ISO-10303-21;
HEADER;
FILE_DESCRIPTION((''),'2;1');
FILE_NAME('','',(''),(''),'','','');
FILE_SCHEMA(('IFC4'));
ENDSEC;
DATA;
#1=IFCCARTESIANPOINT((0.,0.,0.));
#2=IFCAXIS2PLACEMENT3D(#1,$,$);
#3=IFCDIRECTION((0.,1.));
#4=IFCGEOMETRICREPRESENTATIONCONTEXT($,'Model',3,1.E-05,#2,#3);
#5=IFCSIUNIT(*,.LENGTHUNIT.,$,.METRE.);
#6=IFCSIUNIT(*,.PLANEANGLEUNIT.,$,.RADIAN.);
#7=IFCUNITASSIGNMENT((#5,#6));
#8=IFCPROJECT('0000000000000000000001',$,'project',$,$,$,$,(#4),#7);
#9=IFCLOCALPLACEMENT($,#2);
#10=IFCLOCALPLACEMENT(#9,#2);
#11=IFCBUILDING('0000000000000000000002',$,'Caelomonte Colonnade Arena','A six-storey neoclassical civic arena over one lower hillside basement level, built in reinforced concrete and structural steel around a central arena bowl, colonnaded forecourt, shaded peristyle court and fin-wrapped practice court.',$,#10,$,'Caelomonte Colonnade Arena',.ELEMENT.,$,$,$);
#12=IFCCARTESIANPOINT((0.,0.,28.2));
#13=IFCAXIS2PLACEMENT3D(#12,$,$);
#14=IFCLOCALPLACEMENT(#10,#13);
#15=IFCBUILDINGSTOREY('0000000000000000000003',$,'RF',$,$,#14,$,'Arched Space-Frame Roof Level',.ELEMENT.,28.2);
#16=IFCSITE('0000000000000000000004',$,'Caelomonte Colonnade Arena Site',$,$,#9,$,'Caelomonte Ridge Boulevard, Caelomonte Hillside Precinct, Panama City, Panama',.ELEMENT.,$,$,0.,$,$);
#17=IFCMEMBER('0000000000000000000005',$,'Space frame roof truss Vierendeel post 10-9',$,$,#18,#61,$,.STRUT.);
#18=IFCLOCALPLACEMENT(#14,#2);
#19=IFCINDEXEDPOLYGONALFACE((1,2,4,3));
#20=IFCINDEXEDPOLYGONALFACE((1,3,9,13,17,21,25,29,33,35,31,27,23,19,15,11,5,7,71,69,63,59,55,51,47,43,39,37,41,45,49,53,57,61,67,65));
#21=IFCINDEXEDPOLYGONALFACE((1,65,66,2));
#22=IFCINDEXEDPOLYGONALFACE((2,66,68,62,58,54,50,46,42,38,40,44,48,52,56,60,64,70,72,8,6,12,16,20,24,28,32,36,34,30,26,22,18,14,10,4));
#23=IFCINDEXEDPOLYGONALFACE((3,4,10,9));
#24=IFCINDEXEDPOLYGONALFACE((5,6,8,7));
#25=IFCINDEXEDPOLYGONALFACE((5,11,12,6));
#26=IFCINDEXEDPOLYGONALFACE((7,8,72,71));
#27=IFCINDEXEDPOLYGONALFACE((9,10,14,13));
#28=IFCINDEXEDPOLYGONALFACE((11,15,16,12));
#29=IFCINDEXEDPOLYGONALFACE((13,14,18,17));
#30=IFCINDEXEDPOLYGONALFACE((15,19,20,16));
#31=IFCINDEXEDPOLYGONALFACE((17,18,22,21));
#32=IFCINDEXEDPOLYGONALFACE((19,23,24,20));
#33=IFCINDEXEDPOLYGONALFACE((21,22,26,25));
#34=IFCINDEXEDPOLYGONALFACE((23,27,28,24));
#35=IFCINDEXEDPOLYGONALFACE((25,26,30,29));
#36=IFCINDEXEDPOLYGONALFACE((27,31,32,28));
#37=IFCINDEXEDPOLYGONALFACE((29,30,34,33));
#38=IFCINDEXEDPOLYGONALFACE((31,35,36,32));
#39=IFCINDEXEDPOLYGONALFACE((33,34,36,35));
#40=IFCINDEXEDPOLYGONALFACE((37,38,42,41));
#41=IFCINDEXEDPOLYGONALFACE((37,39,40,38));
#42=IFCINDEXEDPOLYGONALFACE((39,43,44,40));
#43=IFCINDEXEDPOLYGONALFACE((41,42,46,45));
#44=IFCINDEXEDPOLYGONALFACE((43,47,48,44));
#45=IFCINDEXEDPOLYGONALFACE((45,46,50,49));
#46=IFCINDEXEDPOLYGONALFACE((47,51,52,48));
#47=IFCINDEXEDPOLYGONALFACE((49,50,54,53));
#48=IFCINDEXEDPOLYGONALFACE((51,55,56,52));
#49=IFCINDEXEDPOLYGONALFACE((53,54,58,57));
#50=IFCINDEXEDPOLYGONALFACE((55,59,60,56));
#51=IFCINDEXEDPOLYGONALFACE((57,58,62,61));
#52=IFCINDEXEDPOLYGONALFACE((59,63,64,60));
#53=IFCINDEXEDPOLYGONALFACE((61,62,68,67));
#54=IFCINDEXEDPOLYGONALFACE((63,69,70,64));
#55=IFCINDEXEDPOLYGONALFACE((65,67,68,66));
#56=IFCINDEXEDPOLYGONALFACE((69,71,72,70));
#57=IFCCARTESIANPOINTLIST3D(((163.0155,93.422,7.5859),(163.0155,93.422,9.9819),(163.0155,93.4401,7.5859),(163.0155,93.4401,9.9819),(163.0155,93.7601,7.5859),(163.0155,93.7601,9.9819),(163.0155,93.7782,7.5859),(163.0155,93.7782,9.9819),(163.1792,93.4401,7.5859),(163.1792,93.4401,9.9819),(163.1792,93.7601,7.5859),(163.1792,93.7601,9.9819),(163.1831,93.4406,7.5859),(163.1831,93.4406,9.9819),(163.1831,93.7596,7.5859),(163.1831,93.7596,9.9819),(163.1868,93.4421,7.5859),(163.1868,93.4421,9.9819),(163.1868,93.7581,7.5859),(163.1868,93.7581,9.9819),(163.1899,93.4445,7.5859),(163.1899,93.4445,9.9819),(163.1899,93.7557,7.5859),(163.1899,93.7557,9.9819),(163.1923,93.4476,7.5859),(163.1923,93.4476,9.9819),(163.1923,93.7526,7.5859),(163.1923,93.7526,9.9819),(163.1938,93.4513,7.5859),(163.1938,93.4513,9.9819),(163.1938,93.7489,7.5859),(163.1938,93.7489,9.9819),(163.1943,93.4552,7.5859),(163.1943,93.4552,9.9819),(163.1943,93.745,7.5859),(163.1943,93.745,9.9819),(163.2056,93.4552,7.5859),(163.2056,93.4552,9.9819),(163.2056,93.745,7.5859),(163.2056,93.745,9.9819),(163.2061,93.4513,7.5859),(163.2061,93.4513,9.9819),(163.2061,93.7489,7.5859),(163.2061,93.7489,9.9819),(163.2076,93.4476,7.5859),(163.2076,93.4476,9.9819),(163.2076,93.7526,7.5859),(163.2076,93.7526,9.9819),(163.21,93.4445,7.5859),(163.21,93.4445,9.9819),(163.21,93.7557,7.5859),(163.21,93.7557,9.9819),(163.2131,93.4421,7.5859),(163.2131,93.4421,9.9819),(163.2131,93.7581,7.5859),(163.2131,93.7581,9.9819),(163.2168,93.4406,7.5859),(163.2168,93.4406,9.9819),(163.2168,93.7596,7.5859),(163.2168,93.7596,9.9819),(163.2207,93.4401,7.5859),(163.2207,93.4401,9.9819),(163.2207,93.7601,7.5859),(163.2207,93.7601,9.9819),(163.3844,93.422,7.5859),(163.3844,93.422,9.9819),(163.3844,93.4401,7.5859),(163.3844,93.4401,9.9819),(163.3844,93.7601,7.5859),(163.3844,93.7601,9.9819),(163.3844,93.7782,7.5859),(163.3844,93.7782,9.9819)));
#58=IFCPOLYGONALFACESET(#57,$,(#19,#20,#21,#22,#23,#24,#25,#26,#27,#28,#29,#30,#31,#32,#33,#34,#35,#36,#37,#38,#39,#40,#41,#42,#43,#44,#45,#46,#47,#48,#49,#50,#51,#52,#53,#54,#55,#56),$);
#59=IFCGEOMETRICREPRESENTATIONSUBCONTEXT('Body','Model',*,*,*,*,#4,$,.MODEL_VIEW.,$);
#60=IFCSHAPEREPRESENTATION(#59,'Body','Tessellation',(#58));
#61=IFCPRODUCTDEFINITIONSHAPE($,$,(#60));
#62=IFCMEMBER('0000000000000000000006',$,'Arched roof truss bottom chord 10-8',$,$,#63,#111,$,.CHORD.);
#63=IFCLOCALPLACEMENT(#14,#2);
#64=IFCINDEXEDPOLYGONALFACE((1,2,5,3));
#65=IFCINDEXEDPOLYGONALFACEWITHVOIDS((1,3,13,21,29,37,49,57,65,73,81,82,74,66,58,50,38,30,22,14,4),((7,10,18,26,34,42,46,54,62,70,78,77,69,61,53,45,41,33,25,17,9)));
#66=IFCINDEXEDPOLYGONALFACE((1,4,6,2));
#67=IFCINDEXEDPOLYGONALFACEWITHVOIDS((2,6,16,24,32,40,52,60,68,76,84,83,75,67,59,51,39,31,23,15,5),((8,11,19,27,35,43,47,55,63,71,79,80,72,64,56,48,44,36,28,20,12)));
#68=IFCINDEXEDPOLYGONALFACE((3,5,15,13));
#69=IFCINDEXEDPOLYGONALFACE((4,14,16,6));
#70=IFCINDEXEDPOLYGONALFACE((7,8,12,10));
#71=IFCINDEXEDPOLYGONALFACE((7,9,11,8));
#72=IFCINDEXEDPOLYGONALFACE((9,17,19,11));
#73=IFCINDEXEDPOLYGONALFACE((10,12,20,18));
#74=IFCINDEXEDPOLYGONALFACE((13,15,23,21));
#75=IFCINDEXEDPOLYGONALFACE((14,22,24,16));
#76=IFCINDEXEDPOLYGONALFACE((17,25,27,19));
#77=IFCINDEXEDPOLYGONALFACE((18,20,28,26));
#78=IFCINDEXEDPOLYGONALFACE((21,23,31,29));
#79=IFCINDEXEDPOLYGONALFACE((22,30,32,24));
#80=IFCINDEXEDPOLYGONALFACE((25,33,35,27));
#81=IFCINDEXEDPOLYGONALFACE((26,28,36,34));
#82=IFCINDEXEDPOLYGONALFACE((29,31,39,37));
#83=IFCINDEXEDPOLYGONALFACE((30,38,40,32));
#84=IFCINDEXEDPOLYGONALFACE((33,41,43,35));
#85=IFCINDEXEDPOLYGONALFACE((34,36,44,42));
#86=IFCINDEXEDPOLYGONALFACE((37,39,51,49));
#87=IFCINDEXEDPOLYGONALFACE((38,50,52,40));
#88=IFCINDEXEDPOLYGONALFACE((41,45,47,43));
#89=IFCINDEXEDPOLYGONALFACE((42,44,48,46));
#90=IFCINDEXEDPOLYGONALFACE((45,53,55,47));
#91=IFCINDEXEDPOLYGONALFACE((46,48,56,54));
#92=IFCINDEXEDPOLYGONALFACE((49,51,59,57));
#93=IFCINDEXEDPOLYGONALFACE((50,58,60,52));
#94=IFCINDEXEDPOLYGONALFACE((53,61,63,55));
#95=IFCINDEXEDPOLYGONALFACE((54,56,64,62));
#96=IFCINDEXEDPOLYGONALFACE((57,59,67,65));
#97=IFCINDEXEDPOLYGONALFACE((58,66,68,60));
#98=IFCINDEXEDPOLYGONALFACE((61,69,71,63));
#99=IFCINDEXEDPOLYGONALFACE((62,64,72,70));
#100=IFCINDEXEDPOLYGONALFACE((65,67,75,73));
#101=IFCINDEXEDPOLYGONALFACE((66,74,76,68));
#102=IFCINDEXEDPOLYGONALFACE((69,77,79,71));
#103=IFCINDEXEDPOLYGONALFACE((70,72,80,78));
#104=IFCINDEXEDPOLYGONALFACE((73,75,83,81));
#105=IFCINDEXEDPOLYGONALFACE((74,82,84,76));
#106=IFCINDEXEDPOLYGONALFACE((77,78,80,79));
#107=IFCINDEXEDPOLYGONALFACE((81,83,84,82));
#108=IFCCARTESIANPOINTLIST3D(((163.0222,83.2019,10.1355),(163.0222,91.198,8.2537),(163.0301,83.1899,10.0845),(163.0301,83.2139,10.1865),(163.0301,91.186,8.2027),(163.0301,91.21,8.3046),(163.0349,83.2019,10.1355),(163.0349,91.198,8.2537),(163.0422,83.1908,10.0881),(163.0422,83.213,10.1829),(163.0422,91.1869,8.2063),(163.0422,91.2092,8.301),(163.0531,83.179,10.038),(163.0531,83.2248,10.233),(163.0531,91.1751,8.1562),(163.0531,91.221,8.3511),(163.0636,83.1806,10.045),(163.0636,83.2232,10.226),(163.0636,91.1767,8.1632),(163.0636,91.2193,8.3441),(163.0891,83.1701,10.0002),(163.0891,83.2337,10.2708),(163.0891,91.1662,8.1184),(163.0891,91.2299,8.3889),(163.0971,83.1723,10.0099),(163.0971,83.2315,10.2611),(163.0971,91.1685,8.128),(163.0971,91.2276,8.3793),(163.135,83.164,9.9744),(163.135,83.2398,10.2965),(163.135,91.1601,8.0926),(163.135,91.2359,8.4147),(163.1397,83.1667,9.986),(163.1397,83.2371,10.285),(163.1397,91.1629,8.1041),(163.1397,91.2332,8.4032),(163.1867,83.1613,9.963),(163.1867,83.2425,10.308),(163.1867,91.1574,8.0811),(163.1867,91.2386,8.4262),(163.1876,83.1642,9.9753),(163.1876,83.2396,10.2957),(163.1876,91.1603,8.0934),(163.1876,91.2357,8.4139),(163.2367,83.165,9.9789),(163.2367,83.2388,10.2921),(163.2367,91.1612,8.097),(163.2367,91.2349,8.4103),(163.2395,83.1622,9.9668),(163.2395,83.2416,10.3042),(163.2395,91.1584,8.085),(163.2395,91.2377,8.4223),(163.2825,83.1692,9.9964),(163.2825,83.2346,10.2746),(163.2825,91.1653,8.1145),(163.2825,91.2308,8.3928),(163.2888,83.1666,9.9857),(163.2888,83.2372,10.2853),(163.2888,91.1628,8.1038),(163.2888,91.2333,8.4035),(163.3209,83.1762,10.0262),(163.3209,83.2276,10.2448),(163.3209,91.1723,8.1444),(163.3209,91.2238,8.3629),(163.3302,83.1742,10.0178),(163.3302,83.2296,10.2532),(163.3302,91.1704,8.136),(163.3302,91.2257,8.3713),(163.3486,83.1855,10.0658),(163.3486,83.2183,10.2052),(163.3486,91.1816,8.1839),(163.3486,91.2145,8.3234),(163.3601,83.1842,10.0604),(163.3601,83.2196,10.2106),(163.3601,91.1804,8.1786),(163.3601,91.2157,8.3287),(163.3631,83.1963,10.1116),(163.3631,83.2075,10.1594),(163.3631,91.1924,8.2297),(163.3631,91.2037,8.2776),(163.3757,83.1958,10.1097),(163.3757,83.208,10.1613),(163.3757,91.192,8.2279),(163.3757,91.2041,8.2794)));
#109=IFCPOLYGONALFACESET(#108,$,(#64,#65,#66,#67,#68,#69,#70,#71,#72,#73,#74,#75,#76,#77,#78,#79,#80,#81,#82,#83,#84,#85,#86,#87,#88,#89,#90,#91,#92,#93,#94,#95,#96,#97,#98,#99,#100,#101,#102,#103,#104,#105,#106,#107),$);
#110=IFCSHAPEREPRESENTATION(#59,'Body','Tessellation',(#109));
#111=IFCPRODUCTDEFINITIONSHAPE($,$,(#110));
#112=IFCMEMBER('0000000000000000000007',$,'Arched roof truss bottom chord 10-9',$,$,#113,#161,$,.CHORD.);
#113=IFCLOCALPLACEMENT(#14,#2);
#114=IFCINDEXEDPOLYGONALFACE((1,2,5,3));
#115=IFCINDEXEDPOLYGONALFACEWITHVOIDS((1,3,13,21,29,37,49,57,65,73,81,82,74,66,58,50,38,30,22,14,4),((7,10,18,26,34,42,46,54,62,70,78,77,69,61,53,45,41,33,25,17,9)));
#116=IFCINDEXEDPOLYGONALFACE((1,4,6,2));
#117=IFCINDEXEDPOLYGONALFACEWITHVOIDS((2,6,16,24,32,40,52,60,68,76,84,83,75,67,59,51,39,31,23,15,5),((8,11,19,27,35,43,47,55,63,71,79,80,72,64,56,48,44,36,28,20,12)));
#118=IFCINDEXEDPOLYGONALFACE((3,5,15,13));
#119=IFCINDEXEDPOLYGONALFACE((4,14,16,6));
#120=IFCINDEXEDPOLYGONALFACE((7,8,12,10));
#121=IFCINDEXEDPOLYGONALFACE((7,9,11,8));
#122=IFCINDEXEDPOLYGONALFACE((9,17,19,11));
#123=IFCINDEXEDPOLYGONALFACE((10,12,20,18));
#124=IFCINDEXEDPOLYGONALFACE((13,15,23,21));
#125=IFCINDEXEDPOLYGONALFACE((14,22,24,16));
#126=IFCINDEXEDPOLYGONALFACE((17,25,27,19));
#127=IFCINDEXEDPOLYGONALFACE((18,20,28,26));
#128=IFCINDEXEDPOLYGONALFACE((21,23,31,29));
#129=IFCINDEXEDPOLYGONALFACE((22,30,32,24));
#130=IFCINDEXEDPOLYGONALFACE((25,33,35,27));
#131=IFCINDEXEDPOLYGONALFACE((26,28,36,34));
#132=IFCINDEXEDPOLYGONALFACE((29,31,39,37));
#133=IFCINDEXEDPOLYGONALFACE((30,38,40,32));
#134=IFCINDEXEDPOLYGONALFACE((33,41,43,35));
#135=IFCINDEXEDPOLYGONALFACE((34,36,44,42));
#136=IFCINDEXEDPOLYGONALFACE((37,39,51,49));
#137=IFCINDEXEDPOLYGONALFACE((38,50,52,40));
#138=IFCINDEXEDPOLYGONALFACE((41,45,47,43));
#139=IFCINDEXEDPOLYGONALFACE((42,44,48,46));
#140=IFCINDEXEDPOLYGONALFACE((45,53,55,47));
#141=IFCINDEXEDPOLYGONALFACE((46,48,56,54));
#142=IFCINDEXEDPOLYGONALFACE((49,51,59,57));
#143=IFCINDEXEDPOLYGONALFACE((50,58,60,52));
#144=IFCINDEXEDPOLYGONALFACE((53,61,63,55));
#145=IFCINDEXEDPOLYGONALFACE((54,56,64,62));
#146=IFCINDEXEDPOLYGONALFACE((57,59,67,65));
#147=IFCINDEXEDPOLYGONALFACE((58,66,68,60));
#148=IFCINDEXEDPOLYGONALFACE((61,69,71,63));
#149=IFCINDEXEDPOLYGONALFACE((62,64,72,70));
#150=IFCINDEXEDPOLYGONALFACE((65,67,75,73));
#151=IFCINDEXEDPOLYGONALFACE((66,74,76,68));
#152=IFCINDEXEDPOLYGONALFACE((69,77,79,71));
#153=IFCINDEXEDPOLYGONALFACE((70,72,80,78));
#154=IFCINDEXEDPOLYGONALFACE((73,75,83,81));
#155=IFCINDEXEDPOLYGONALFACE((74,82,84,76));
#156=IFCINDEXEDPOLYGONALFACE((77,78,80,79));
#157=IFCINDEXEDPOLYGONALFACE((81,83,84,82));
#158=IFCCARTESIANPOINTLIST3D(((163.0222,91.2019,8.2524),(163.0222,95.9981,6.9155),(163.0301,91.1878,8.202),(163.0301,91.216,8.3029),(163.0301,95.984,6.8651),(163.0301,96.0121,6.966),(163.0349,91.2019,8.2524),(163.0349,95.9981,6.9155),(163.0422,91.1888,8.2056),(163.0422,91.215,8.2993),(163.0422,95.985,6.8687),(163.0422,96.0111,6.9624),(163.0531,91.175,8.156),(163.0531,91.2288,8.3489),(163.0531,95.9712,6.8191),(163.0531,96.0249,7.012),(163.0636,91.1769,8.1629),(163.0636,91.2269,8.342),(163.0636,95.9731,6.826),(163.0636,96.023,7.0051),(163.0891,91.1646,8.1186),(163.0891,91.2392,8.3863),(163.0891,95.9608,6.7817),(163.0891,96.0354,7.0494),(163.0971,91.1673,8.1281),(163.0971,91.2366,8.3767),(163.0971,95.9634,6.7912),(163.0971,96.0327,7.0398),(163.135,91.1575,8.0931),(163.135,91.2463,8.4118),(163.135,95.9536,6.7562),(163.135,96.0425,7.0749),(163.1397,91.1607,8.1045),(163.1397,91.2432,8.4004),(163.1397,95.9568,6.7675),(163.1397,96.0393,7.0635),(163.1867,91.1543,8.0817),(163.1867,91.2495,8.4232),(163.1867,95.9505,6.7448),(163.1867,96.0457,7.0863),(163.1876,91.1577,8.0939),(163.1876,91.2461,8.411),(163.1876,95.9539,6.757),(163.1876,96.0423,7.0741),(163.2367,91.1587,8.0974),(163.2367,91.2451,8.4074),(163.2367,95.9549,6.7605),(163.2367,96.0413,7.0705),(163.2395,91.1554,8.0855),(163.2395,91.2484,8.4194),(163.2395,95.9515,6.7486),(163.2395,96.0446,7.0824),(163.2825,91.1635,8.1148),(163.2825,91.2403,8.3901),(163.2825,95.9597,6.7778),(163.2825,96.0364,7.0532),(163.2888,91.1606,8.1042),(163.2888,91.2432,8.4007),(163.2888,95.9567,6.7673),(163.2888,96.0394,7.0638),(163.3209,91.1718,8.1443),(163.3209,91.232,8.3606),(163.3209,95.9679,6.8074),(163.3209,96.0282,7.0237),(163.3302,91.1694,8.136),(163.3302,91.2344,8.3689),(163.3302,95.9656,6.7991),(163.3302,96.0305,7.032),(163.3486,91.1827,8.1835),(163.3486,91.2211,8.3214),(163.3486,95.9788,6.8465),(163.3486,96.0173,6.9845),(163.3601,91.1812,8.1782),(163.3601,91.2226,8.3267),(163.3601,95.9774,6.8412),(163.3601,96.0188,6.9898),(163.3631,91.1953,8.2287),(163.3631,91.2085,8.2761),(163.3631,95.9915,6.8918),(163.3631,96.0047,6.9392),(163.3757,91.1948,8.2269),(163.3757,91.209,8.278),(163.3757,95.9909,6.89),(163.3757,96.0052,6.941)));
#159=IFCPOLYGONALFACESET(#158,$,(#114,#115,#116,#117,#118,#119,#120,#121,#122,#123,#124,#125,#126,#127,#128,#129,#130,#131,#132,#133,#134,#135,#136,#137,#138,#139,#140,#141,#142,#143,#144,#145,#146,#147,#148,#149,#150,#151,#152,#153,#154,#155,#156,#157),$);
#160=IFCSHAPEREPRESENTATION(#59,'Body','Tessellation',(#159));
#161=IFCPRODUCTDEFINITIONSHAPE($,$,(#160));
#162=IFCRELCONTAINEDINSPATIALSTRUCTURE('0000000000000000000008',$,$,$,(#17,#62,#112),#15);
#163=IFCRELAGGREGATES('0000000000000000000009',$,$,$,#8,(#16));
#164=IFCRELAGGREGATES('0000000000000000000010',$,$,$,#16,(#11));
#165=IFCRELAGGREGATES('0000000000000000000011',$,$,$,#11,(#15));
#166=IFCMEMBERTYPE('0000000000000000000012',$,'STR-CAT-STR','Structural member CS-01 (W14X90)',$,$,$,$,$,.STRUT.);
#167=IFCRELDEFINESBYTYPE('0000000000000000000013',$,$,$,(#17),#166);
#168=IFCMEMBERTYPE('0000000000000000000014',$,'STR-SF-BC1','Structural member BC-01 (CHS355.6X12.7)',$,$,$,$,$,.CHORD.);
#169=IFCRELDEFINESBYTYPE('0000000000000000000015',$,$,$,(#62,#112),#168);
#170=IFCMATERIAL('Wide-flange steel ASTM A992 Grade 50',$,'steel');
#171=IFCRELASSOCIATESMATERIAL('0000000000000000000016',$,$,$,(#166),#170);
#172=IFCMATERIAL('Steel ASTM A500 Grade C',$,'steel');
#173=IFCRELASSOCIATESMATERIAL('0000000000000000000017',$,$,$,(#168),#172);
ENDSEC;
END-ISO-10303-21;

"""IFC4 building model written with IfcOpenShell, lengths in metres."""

from ifc_helpers import new_model, si_unit, direction, frame, origin, origin_2d, place, context, subcontext, project, spatial, hollow_circle, i_section, extrude, material, material_profile, profile_set, type_object, element, save


model = new_model("IFC4")

# Units and contexts
model_context = context("Model", 3, precision=1e-05, world=origin(), true_north=direction((0.0, 1.0)))
body_context = subcontext(model_context, "Body", "Model", "MODEL_VIEW")
ifc_project = project(units=[si_unit("LENGTHUNIT", "METRE"), si_unit("PLANEANGLEUNIT", "RADIAN")], contexts=[model_context])

# Site, building, storey
site_placement = place(None, origin())
site = spatial("IfcSite", under=ifc_project, at=site_placement, Name="Caelomonte Colonnade Arena Site", LongName="Caelomonte Ridge Boulevard, Caelomonte Hillside Precinct, Panama City, Panama", CompositionType="ELEMENT", RefElevation=0.0)
building_placement = place(site_placement, origin())
building = spatial("IfcBuilding", under=site, at=building_placement, Name="Caelomonte Colonnade Arena", Description="A six-storey neoclassical civic arena over one lower hillside basement level, built in reinforced concrete and structural steel around a central arena bowl, colonnaded forecourt, shaded peristyle court and fin-wrapped practice court.", LongName="Caelomonte Colonnade Arena", CompositionType="ELEMENT")
storey_placement = place(building_placement, frame((0.0, 0.0, 28.2)))
storey = spatial("IfcBuildingStorey", under=building, at=storey_placement, Name="RF", LongName="Arched Space-Frame Roof Level", CompositionType="ELEMENT", Elevation=28.2)

# Members
ifc_material_1 = material(Name="Wide-flange steel ASTM A992 Grade 50", Category="steel")
ifc_material_profile_1 = material_profile(ifc_material_1, i_section(OverallWidth=0.3689, OverallDepth=0.3562, WebThickness=0.0112, FlangeThickness=0.0181, FilletRadius=0.0151, at=origin_2d()), Name="W14X90")
ifc_profile_set_1 = profile_set([ifc_material_profile_1], Name="Wide-flange steel ASTM A992 Grade 50")
member_type_1 = type_object("IfcMemberType", Name="STR-CAT-STR", Description="Structural member CS-01 (W14X90)", PredefinedType="STRUT", material=ifc_profile_set_1)
member_1_placement = place(storey_placement, frame((163.2, 93.6001, 7.5859), z_axis=(0.0, 0.0, 1.0), x_axis=(1.0, 0.0, 0.0)))
element("IfcMember", 1, at=member_1_placement, inside=storey, type_object=member_type_1, Name="Space frame roof truss Vierendeel post 10-9", PredefinedType="STRUT", context=body_context, shape_type="SweptSolid", body=[
    extrude(i_section(OverallWidth=0.3689, OverallDepth=0.3562, WebThickness=0.0112, FlangeThickness=0.0181, FilletRadius=0.0151, at=origin_2d()), origin(), (0.0, 0.0, 1.0), 2.396),
])
ifc_material_2 = material(Name="Steel ASTM A500 Grade C", Category="steel")
ifc_material_profile_2 = material_profile(ifc_material_2, hollow_circle(Radius=0.1777, WallThickness=0.0127, at=origin_2d()), Name="CHS355.6X12.7")
ifc_profile_set_2 = profile_set([ifc_material_profile_2], Name="Steel ASTM A500 Grade C")
member_type_2 = type_object("IfcMemberType", Name="STR-SF-BC1", Description="Structural member BC-01 (CHS355.6X12.7)", PredefinedType="CHORD", material=ifc_profile_set_2)
member_2_placement = place(storey_placement, frame((163.2, 83.2019, 10.1355), z_axis=(0.0, 0.973406, -0.229086), x_axis=(-1.0, 0.0, 0.0)))
element("IfcMember", 2, at=member_2_placement, inside=storey, type_object=member_type_2, Name="Arched roof truss bottom chord 10-8", PredefinedType="CHORD", context=body_context, shape_type="SweptSolid", body=[
    extrude(hollow_circle(Radius=0.1777, WallThickness=0.0127, at=origin_2d()), origin(), (0.0, 0.0, 1.0), 8.2146),
])
member_3_placement = place(storey_placement, frame((163.2, 91.2019, 8.2524), z_axis=(0.0, 0.963277, -0.268511), x_axis=(-1.0, 0.0, 0.0)))
element("IfcMember", 3, at=member_3_placement, inside=storey, type_object=member_type_2, Name="Arched roof truss bottom chord 10-9", PredefinedType="CHORD", context=body_context, shape_type="SweptSolid", body=[
    extrude(hollow_circle(Radius=0.1777, WallThickness=0.0127, at=origin_2d()), origin(), (0.0, 0.0, 1.0), 4.979),
])

save(model, "model.ifc")
